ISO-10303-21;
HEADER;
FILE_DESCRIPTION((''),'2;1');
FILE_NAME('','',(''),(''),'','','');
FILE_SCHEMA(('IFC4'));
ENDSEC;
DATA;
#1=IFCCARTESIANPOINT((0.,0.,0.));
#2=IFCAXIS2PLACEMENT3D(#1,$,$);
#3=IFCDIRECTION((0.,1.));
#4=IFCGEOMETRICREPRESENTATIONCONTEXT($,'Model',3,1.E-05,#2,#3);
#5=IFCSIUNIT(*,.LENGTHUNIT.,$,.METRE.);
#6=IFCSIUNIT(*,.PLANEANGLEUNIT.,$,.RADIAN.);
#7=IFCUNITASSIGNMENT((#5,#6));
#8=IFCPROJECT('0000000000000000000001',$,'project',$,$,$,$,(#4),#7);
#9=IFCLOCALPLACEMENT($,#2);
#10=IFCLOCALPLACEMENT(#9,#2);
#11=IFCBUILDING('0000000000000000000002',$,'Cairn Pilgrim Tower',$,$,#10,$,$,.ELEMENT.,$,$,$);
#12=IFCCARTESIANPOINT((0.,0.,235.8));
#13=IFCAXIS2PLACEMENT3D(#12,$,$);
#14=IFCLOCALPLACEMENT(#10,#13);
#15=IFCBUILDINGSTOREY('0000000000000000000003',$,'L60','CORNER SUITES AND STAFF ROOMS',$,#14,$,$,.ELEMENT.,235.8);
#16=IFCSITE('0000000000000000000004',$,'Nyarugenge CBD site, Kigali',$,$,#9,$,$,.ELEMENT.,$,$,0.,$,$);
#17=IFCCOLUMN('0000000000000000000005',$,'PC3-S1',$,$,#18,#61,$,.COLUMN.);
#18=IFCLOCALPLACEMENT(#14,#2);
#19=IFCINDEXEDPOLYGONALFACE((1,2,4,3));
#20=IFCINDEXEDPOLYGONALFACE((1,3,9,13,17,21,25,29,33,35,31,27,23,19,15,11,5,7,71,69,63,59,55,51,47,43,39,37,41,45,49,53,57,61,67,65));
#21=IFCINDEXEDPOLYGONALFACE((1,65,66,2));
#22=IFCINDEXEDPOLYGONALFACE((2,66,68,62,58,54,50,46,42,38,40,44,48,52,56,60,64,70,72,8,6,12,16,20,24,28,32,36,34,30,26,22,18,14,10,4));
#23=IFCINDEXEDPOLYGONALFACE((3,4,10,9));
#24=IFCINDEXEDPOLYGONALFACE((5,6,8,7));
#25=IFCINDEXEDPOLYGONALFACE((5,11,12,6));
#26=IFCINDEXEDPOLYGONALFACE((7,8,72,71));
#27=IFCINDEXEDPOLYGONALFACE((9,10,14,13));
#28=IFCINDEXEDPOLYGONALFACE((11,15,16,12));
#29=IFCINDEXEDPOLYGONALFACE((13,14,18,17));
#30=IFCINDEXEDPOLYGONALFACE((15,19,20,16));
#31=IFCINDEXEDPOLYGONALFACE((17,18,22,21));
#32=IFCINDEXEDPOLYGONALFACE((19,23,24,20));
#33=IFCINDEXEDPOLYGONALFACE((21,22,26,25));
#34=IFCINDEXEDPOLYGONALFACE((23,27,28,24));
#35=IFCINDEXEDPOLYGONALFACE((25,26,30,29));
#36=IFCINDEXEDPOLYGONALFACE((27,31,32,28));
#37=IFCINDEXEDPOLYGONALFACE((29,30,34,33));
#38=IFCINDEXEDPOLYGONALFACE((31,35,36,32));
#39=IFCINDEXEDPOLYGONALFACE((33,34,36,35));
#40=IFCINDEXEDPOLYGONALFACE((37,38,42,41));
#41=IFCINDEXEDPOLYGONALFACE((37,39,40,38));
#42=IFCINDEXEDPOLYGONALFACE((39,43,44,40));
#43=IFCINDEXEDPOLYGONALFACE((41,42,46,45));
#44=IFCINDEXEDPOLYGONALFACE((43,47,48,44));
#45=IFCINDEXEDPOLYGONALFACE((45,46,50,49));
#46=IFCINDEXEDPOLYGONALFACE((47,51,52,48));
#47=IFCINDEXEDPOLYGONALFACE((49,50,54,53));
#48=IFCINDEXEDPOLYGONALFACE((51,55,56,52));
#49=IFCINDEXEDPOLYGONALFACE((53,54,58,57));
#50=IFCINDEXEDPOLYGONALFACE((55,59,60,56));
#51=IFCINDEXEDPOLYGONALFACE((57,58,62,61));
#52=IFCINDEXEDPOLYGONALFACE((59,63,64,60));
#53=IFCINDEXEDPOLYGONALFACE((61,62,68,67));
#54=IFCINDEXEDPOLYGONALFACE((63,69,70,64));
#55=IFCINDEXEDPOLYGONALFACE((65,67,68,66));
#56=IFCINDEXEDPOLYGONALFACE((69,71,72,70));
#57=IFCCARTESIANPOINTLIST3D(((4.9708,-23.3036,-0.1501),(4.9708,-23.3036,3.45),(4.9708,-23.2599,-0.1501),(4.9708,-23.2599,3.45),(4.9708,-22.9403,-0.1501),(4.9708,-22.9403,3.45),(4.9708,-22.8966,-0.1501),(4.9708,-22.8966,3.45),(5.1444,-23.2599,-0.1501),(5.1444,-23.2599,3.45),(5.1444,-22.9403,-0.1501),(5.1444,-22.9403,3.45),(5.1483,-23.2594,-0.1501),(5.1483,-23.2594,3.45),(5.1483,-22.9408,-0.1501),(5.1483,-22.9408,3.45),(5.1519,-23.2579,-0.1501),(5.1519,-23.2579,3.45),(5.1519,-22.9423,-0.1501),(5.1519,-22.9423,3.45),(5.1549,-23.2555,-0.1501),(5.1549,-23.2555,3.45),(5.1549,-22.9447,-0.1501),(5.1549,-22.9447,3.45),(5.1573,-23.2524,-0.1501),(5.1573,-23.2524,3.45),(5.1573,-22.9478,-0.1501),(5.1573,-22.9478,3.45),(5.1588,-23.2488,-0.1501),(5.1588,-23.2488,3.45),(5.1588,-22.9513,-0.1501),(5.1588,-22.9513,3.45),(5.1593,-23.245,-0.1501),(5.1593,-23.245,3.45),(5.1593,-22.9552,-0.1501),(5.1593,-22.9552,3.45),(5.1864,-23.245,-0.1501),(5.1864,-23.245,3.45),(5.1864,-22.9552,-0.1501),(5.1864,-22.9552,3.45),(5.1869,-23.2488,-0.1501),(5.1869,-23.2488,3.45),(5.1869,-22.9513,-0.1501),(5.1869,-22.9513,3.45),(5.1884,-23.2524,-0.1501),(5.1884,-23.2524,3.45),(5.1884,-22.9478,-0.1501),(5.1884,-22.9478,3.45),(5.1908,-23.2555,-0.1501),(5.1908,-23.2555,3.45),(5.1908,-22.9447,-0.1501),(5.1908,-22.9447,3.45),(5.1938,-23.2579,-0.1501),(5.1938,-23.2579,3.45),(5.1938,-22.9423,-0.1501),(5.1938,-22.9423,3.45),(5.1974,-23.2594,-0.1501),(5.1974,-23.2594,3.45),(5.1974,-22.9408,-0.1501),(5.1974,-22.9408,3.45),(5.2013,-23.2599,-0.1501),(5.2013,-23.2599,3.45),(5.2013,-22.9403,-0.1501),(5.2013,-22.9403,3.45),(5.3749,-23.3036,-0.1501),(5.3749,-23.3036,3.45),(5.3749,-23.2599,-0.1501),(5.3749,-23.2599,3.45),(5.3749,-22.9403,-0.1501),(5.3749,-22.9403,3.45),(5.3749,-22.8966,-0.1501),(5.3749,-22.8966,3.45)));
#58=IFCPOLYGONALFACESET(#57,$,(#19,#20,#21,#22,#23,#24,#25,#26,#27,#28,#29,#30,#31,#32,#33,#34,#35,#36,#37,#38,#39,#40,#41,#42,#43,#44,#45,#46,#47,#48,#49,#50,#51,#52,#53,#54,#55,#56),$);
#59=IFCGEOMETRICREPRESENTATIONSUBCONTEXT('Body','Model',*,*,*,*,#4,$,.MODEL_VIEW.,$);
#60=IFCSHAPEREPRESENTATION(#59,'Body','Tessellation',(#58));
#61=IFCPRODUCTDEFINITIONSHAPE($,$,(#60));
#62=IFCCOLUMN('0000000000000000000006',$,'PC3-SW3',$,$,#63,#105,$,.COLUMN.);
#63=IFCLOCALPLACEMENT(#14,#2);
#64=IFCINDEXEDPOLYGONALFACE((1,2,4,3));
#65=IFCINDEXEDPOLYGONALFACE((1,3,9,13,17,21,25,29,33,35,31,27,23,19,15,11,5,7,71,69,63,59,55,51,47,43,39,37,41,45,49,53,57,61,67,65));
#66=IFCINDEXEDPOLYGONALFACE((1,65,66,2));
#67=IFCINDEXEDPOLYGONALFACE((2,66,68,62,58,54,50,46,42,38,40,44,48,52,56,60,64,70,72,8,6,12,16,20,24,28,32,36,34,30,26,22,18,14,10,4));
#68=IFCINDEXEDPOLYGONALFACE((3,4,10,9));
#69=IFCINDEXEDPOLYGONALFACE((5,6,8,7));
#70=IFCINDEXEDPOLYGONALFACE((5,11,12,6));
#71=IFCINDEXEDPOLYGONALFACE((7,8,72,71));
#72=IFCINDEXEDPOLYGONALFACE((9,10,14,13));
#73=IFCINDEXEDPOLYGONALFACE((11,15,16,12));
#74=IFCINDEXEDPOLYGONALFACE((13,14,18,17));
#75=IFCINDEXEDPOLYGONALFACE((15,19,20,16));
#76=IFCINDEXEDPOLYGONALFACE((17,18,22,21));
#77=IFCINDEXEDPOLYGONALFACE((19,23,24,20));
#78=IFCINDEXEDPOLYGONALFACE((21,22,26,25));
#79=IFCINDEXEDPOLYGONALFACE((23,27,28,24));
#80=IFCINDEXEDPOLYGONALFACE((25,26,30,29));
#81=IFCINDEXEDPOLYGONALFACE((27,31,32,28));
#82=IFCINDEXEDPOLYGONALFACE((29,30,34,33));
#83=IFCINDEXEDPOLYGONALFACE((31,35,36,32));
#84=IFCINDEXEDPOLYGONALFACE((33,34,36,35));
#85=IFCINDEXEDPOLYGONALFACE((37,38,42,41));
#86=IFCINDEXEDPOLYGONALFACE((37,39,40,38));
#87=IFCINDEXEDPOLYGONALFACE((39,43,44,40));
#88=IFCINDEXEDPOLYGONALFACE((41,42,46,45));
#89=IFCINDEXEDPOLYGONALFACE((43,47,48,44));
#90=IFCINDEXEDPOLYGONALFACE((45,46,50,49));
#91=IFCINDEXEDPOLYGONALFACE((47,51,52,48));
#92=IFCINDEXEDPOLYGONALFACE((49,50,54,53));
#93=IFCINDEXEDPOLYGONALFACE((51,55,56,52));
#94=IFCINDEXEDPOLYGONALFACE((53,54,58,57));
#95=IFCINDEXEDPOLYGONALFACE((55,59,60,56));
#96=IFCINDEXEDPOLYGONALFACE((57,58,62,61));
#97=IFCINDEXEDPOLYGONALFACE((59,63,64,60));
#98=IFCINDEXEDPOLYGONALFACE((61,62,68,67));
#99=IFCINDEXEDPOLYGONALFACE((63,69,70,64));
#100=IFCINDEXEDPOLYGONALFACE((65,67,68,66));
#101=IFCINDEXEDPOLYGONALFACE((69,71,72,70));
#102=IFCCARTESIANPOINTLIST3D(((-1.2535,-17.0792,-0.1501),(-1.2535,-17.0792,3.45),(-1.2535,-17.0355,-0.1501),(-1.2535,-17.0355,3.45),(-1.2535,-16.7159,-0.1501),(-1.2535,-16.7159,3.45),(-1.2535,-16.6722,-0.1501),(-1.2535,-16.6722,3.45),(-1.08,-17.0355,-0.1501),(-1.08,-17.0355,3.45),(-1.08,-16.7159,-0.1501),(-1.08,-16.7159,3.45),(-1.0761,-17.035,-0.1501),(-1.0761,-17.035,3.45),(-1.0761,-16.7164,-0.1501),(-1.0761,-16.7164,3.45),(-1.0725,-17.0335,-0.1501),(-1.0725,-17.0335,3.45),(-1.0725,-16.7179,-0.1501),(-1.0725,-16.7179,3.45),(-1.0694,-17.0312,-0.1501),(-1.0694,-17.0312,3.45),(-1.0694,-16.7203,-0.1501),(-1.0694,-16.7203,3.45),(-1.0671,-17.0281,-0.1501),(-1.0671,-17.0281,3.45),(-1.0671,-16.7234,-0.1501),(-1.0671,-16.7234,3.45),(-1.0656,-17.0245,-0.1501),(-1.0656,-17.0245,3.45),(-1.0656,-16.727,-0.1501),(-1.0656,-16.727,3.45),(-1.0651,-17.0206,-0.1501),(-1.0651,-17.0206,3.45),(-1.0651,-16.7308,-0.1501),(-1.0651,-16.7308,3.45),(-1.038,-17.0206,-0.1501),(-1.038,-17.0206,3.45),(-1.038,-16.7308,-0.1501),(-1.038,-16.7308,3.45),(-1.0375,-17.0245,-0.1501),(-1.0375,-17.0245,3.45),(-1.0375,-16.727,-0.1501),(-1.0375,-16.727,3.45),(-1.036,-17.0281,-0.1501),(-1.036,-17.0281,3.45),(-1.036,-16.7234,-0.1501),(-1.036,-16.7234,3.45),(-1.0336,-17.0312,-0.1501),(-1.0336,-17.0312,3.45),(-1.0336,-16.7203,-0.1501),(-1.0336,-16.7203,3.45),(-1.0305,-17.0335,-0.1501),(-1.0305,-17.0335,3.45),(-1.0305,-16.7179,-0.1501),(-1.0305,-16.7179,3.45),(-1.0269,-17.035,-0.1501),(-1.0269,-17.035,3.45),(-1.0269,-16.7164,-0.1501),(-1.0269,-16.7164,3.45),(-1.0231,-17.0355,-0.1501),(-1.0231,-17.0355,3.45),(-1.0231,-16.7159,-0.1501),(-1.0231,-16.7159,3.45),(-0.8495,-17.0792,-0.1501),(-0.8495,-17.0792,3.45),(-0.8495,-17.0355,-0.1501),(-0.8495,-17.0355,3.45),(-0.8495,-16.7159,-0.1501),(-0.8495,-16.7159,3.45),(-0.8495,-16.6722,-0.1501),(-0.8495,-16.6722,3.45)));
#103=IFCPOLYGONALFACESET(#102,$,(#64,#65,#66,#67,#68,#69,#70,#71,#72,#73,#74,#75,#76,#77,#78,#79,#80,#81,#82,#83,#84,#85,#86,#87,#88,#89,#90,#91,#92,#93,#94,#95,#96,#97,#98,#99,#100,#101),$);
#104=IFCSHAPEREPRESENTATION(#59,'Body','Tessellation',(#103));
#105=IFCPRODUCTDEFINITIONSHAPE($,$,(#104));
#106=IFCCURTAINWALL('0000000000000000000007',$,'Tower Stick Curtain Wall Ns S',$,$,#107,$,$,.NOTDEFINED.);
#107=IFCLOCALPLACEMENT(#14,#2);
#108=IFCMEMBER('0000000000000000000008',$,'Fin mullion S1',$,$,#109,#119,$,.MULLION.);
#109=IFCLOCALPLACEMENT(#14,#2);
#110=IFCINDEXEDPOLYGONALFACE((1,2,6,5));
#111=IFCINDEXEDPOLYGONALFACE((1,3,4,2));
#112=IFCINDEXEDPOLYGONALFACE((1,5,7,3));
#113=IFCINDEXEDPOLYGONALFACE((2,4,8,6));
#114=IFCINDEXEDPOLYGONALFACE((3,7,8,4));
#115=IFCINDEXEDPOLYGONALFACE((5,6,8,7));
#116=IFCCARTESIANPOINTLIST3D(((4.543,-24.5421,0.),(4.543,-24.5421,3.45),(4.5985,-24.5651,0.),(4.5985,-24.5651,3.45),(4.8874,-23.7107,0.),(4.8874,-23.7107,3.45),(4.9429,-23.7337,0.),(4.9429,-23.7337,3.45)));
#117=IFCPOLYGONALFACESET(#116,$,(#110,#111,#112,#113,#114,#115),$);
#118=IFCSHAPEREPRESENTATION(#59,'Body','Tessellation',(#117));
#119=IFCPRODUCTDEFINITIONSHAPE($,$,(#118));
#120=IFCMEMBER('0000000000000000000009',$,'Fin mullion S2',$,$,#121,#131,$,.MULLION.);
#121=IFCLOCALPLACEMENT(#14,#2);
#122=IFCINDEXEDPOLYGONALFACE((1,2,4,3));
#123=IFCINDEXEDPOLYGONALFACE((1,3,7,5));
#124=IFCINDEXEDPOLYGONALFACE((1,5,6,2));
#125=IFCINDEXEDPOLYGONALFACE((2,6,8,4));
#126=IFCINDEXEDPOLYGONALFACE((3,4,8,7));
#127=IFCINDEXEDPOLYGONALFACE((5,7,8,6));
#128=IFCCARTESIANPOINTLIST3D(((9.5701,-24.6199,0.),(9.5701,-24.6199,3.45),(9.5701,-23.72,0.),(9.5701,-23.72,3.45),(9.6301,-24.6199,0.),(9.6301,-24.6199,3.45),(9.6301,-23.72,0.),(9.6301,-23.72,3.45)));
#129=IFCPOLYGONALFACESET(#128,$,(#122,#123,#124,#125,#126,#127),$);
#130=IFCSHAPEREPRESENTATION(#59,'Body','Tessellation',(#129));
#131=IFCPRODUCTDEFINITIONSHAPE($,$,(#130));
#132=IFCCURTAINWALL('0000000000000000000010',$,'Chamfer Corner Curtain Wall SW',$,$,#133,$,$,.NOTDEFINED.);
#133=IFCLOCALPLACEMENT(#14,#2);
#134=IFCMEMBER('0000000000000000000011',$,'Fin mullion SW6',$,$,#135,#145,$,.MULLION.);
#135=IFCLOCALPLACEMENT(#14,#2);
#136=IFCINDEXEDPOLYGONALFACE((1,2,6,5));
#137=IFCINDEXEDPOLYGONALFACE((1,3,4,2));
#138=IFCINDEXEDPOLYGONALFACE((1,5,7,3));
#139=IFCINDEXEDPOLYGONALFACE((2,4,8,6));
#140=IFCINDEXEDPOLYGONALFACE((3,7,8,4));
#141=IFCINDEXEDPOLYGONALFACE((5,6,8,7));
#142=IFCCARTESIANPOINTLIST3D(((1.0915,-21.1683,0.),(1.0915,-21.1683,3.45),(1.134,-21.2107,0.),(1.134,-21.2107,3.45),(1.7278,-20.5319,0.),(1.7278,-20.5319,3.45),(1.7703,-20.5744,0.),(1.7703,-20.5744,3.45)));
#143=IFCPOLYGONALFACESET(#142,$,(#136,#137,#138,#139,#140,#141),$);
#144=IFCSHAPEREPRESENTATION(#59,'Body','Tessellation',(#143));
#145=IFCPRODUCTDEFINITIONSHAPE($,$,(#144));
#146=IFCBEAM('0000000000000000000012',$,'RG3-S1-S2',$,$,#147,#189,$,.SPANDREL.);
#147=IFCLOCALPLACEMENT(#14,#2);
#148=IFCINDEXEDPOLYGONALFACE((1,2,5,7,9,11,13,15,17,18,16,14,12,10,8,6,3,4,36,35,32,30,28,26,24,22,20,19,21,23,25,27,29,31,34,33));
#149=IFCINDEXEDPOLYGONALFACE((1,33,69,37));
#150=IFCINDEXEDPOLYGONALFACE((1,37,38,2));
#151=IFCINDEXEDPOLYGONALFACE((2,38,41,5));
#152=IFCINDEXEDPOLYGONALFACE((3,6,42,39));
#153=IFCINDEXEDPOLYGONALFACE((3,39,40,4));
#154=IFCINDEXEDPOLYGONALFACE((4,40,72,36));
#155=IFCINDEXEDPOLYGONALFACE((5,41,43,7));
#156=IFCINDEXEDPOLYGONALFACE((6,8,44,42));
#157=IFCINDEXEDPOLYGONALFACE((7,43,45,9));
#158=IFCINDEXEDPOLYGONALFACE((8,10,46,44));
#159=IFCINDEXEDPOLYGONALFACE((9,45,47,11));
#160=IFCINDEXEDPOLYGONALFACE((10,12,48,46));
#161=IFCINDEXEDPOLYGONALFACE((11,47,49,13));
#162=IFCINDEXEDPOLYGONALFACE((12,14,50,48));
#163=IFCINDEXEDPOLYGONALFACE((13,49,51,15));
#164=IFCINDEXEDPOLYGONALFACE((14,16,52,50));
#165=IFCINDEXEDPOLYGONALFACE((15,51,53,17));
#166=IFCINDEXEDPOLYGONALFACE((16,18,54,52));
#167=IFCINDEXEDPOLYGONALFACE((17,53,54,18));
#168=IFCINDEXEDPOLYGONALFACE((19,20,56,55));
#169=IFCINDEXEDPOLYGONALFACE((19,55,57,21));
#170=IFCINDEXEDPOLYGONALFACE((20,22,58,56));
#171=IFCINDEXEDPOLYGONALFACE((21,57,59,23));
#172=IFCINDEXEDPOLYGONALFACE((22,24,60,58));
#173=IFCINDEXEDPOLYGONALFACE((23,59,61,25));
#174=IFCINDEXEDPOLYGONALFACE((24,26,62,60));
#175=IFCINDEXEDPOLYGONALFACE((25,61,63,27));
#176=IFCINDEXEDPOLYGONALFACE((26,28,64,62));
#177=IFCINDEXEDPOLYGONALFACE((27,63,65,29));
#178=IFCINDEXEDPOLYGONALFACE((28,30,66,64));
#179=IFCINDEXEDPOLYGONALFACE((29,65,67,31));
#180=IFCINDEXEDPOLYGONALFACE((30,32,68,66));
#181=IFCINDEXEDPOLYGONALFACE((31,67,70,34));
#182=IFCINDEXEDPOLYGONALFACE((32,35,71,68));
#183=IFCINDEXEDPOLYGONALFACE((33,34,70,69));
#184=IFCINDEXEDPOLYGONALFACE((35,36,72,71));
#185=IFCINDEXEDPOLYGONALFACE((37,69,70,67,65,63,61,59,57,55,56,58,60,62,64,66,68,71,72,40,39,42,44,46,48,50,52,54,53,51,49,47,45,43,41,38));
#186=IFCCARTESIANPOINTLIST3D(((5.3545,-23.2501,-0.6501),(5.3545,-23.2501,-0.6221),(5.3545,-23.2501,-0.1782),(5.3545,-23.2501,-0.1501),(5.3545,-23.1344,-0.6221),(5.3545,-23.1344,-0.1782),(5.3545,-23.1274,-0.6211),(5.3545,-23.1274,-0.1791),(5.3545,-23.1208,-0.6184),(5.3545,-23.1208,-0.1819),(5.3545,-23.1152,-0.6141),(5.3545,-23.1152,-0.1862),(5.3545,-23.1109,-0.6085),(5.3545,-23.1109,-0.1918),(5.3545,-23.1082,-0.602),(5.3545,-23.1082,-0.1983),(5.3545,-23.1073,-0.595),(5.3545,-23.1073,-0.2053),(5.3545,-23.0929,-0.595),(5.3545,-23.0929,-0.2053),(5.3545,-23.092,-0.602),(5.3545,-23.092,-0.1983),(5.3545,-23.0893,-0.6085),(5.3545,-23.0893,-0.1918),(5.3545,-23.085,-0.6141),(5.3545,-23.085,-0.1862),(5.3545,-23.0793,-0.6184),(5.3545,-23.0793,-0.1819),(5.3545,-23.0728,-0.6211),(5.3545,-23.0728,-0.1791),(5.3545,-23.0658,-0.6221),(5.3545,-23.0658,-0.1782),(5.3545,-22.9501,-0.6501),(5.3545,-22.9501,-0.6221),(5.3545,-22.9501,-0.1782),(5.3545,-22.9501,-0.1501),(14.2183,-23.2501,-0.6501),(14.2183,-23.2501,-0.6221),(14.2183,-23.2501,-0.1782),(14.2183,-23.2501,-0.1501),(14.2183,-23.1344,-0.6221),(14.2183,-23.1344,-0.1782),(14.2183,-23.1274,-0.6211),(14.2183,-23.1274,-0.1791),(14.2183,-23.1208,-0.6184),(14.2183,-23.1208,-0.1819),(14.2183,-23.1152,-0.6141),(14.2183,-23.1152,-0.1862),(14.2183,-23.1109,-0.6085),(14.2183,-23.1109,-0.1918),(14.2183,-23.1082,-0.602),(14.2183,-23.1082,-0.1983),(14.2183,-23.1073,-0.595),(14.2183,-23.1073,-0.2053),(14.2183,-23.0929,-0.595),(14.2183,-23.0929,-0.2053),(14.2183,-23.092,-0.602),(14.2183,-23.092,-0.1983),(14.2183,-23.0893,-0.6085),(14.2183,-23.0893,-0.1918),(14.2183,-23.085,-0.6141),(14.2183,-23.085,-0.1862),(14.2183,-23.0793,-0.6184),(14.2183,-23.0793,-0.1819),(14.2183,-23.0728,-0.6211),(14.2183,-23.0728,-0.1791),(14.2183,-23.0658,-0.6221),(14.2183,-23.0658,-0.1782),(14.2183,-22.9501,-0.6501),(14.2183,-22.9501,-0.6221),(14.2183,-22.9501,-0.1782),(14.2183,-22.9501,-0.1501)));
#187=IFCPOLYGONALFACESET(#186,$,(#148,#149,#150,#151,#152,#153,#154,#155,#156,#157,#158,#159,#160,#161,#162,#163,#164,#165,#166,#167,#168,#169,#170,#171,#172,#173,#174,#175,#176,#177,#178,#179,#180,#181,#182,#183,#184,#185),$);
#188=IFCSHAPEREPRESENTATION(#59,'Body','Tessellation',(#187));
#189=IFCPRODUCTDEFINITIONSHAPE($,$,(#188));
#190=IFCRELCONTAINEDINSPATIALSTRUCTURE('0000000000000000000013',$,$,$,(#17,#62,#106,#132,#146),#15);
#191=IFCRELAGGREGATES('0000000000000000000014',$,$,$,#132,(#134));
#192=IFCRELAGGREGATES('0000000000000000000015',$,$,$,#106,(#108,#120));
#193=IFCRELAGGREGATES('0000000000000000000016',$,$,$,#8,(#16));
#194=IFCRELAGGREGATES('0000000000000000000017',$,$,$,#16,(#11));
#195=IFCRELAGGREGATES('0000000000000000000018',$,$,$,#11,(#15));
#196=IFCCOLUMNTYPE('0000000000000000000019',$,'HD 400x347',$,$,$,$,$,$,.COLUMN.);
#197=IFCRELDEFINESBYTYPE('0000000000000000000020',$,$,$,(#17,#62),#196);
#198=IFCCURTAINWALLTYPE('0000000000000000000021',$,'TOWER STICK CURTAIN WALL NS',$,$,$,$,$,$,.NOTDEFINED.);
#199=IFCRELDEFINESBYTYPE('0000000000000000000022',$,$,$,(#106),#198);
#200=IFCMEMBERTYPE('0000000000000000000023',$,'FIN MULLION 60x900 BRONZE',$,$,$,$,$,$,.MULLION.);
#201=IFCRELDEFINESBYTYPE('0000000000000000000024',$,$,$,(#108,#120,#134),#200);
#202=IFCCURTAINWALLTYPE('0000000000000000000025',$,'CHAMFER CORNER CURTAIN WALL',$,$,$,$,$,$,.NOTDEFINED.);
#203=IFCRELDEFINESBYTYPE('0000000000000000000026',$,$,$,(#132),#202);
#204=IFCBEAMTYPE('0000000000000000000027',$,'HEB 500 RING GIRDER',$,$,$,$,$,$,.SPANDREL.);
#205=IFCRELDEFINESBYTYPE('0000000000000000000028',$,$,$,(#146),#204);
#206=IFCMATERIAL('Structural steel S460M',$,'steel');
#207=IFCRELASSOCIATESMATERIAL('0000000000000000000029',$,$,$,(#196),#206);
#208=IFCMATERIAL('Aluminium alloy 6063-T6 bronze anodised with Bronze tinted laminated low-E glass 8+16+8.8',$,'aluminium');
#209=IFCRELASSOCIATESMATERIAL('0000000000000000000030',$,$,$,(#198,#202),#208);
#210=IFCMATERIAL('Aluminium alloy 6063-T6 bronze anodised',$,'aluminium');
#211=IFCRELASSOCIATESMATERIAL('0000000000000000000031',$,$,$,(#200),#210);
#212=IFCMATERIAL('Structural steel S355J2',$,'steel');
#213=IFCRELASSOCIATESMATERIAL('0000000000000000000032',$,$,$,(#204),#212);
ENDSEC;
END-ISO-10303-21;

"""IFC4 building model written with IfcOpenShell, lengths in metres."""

from ifc_helpers import new_model, si_unit, direction, frame, origin, origin_2d, place, context, subcontext, project, spatial, rectangle, i_section, extrude, material, material_profile, profile_set, type_object, element, aggregate, save


model = new_model("IFC4")

# Units and contexts
model_context = context("Model", 3, precision=1e-05, world=origin(), true_north=direction((0.0, 1.0)))
body_context = subcontext(model_context, "Body", "Model", "MODEL_VIEW")
ifc_project = project(units=[si_unit("LENGTHUNIT", "METRE"), si_unit("PLANEANGLEUNIT", "RADIAN")], contexts=[model_context])

# Site, building, storey
site_placement = place(None, origin())
site = spatial("IfcSite", under=ifc_project, at=site_placement, Name="Nyarugenge CBD site, Kigali", CompositionType="ELEMENT", RefElevation=0.0)
building_placement = place(site_placement, origin())
building = spatial("IfcBuilding", under=site, at=building_placement, Name="Cairn Pilgrim Tower", CompositionType="ELEMENT")
storey_placement = place(building_placement, frame((0.0, 0.0, 235.8)))
storey = spatial("IfcBuildingStorey", under=building, at=storey_placement, Name="L60", Description="CORNER SUITES AND STAFF ROOMS", CompositionType="ELEMENT", Elevation=235.8)

# Columns
ifc_material_1 = material(Name="Structural steel S460M", Category="steel")
ifc_material_profile_1 = material_profile(ifc_material_1, i_section(OverallWidth=0.4041, OverallDepth=0.407, WebThickness=0.0271, FlangeThickness=0.0437, FilletRadius=0.0149, at=origin_2d()), Name="HD 400x347")
ifc_profile_set_1 = profile_set([ifc_material_profile_1], Name="Structural steel S460M")
column_type = type_object("IfcColumnType", Name="HD 400x347", PredefinedType="COLUMN", material=ifc_profile_set_1)
for number, where, z_axis, x_axis, name in (
    (1, (5.1729, -23.1001, -0.1501), (0.0, 0.0, 1.0), (1.0, 0.0, 0.0), "PC3-S1"),
    (2, (-1.0515, -16.8757, -0.1501), (0.0, 0.0, 1.0), (1.0, 0.0, 0.0), "PC3-SW3"),
):
    element("IfcColumn", number, at=place(storey_placement, frame(where, z_axis=z_axis, x_axis=x_axis)), inside=storey, type_object=column_type, Name=name, PredefinedType="COLUMN", context=body_context, shape_type="SweptSolid", body=[
        extrude(i_section(OverallWidth=0.4041, OverallDepth=0.407, WebThickness=0.0271, FlangeThickness=0.0437, FilletRadius=0.0149, at=origin_2d()), origin(), (0.0, 0.0, 1.0), 3.6001),
    ])

# Curtain wall, members
ifc_material_2 = material(Name="Aluminium alloy 6063-T6 bronze anodised with Bronze tinted laminated low-E glass 8+16+8.8", Category="aluminium")
curtain_wall_type_1 = type_object("IfcCurtainWallType", Name="TOWER STICK CURTAIN WALL NS", PredefinedType="NOTDEFINED", material=ifc_material_2)
curtain_wall_1_placement = place(storey_placement, origin())
curtain_wall_1 = element("IfcCurtainWall", 3, at=curtain_wall_1_placement, inside=storey, type_object=curtain_wall_type_1, Name="Tower Stick Curtain Wall Ns S", PredefinedType="NOTDEFINED")
ifc_material_3 = material(Name="Aluminium alloy 6063-T6 bronze anodised", Category="aluminium")
ifc_material_profile_2 = material_profile(ifc_material_3, rectangle(XDim=0.8999, YDim=0.0601, at=origin_2d()), Name="FIN MULLION 60x900 BRONZE")
ifc_profile_set_2 = profile_set([ifc_material_profile_2], Name="Aluminium alloy 6063-T6 bronze anodised")
member_type_1 = type_object("IfcMemberType", Name="FIN MULLION 60x900 BRONZE", PredefinedType="MULLION", material=ifc_profile_set_2)
member_1_placement = place(storey_placement, frame((4.7429, -24.1379, 0.0), z_axis=(0.0, 0.0, 1.0), x_axis=(-0.382683, -0.92388, 0.0)))
member_1 = element("IfcMember", 4, at=member_1_placement, type_object=member_type_1, Name="Fin mullion S1", PredefinedType="MULLION", context=body_context, shape_type="SweptSolid", body=[
    extrude(rectangle(XDim=0.8999, YDim=0.0601, at=origin_2d()), origin(), (0.0, 0.0, 1.0), 3.45),
])
member_2_placement = place(storey_placement, frame((9.6001, -24.1699, 0.0), z_axis=(0.0, 0.0, 1.0), x_axis=(0.0, -1.0, 0.0)))
member_2 = element("IfcMember", 5, at=member_2_placement, type_object=member_type_1, Name="Fin mullion S2", PredefinedType="MULLION", context=body_context, shape_type="SweptSolid", body=[
    extrude(rectangle(XDim=0.8999, YDim=0.0601, at=origin_2d()), origin(), (0.0, 0.0, 1.0), 3.45),
])

# Curtain wall, member
curtain_wall_type_2 = type_object("IfcCurtainWallType", Name="CHAMFER CORNER CURTAIN WALL", PredefinedType="NOTDEFINED", material=ifc_material_2)
curtain_wall_2_placement = place(storey_placement, origin())
curtain_wall_2 = element("IfcCurtainWall", 6, at=curtain_wall_2_placement, inside=storey, type_object=curtain_wall_type_2, Name="Chamfer Corner Curtain Wall SW", PredefinedType="NOTDEFINED")
member_3_placement = place(storey_placement, frame((1.4309, -20.8713, 0.0), z_axis=(0.0, 0.0, 1.0), x_axis=(-0.707107, -0.707107, 0.0)))
member_3 = element("IfcMember", 7, at=member_3_placement, type_object=member_type_1, Name="Fin mullion SW6", PredefinedType="MULLION", context=body_context, shape_type="SweptSolid", body=[
    extrude(rectangle(XDim=0.8999, YDim=0.0601, at=origin_2d()), origin(), (0.0, 0.0, 1.0), 3.45),
])

# Beam
ifc_material_4 = material(Name="Structural steel S355J2", Category="steel")
ifc_material_profile_3 = material_profile(ifc_material_4, i_section(OverallWidth=0.3, OverallDepth=0.5, WebThickness=0.0144, FlangeThickness=0.0281, FilletRadius=0.0271, at=origin_2d()), Name="HEB 500")
ifc_profile_set_3 = profile_set([ifc_material_profile_3], Name="Structural steel S355J2")
beam_type_1 = type_object("IfcBeamType", Name="HEB 500 RING GIRDER", PredefinedType="SPANDREL", material=ifc_profile_set_3)
beam_1_placement = place(storey_placement, frame((5.3545, -23.1001, -0.4001), z_axis=(1.0, 0.0, 0.0), x_axis=(0.0, 1.0, 0.0)))
element("IfcBeam", 8, at=beam_1_placement, inside=storey, type_object=beam_type_1, Name="RG3-S1-S2", PredefinedType="SPANDREL", context=body_context, shape_type="SweptSolid", body=[
    extrude(i_section(OverallWidth=0.3, OverallDepth=0.5, WebThickness=0.0144, FlangeThickness=0.0281, FilletRadius=0.0271, at=origin_2d()), origin(), (0.0, 0.0, 1.0), 8.8638),
])

aggregate(curtain_wall_2, [member_3])
aggregate(curtain_wall_1, [member_1, member_2])

save(model, "model.ifc")
